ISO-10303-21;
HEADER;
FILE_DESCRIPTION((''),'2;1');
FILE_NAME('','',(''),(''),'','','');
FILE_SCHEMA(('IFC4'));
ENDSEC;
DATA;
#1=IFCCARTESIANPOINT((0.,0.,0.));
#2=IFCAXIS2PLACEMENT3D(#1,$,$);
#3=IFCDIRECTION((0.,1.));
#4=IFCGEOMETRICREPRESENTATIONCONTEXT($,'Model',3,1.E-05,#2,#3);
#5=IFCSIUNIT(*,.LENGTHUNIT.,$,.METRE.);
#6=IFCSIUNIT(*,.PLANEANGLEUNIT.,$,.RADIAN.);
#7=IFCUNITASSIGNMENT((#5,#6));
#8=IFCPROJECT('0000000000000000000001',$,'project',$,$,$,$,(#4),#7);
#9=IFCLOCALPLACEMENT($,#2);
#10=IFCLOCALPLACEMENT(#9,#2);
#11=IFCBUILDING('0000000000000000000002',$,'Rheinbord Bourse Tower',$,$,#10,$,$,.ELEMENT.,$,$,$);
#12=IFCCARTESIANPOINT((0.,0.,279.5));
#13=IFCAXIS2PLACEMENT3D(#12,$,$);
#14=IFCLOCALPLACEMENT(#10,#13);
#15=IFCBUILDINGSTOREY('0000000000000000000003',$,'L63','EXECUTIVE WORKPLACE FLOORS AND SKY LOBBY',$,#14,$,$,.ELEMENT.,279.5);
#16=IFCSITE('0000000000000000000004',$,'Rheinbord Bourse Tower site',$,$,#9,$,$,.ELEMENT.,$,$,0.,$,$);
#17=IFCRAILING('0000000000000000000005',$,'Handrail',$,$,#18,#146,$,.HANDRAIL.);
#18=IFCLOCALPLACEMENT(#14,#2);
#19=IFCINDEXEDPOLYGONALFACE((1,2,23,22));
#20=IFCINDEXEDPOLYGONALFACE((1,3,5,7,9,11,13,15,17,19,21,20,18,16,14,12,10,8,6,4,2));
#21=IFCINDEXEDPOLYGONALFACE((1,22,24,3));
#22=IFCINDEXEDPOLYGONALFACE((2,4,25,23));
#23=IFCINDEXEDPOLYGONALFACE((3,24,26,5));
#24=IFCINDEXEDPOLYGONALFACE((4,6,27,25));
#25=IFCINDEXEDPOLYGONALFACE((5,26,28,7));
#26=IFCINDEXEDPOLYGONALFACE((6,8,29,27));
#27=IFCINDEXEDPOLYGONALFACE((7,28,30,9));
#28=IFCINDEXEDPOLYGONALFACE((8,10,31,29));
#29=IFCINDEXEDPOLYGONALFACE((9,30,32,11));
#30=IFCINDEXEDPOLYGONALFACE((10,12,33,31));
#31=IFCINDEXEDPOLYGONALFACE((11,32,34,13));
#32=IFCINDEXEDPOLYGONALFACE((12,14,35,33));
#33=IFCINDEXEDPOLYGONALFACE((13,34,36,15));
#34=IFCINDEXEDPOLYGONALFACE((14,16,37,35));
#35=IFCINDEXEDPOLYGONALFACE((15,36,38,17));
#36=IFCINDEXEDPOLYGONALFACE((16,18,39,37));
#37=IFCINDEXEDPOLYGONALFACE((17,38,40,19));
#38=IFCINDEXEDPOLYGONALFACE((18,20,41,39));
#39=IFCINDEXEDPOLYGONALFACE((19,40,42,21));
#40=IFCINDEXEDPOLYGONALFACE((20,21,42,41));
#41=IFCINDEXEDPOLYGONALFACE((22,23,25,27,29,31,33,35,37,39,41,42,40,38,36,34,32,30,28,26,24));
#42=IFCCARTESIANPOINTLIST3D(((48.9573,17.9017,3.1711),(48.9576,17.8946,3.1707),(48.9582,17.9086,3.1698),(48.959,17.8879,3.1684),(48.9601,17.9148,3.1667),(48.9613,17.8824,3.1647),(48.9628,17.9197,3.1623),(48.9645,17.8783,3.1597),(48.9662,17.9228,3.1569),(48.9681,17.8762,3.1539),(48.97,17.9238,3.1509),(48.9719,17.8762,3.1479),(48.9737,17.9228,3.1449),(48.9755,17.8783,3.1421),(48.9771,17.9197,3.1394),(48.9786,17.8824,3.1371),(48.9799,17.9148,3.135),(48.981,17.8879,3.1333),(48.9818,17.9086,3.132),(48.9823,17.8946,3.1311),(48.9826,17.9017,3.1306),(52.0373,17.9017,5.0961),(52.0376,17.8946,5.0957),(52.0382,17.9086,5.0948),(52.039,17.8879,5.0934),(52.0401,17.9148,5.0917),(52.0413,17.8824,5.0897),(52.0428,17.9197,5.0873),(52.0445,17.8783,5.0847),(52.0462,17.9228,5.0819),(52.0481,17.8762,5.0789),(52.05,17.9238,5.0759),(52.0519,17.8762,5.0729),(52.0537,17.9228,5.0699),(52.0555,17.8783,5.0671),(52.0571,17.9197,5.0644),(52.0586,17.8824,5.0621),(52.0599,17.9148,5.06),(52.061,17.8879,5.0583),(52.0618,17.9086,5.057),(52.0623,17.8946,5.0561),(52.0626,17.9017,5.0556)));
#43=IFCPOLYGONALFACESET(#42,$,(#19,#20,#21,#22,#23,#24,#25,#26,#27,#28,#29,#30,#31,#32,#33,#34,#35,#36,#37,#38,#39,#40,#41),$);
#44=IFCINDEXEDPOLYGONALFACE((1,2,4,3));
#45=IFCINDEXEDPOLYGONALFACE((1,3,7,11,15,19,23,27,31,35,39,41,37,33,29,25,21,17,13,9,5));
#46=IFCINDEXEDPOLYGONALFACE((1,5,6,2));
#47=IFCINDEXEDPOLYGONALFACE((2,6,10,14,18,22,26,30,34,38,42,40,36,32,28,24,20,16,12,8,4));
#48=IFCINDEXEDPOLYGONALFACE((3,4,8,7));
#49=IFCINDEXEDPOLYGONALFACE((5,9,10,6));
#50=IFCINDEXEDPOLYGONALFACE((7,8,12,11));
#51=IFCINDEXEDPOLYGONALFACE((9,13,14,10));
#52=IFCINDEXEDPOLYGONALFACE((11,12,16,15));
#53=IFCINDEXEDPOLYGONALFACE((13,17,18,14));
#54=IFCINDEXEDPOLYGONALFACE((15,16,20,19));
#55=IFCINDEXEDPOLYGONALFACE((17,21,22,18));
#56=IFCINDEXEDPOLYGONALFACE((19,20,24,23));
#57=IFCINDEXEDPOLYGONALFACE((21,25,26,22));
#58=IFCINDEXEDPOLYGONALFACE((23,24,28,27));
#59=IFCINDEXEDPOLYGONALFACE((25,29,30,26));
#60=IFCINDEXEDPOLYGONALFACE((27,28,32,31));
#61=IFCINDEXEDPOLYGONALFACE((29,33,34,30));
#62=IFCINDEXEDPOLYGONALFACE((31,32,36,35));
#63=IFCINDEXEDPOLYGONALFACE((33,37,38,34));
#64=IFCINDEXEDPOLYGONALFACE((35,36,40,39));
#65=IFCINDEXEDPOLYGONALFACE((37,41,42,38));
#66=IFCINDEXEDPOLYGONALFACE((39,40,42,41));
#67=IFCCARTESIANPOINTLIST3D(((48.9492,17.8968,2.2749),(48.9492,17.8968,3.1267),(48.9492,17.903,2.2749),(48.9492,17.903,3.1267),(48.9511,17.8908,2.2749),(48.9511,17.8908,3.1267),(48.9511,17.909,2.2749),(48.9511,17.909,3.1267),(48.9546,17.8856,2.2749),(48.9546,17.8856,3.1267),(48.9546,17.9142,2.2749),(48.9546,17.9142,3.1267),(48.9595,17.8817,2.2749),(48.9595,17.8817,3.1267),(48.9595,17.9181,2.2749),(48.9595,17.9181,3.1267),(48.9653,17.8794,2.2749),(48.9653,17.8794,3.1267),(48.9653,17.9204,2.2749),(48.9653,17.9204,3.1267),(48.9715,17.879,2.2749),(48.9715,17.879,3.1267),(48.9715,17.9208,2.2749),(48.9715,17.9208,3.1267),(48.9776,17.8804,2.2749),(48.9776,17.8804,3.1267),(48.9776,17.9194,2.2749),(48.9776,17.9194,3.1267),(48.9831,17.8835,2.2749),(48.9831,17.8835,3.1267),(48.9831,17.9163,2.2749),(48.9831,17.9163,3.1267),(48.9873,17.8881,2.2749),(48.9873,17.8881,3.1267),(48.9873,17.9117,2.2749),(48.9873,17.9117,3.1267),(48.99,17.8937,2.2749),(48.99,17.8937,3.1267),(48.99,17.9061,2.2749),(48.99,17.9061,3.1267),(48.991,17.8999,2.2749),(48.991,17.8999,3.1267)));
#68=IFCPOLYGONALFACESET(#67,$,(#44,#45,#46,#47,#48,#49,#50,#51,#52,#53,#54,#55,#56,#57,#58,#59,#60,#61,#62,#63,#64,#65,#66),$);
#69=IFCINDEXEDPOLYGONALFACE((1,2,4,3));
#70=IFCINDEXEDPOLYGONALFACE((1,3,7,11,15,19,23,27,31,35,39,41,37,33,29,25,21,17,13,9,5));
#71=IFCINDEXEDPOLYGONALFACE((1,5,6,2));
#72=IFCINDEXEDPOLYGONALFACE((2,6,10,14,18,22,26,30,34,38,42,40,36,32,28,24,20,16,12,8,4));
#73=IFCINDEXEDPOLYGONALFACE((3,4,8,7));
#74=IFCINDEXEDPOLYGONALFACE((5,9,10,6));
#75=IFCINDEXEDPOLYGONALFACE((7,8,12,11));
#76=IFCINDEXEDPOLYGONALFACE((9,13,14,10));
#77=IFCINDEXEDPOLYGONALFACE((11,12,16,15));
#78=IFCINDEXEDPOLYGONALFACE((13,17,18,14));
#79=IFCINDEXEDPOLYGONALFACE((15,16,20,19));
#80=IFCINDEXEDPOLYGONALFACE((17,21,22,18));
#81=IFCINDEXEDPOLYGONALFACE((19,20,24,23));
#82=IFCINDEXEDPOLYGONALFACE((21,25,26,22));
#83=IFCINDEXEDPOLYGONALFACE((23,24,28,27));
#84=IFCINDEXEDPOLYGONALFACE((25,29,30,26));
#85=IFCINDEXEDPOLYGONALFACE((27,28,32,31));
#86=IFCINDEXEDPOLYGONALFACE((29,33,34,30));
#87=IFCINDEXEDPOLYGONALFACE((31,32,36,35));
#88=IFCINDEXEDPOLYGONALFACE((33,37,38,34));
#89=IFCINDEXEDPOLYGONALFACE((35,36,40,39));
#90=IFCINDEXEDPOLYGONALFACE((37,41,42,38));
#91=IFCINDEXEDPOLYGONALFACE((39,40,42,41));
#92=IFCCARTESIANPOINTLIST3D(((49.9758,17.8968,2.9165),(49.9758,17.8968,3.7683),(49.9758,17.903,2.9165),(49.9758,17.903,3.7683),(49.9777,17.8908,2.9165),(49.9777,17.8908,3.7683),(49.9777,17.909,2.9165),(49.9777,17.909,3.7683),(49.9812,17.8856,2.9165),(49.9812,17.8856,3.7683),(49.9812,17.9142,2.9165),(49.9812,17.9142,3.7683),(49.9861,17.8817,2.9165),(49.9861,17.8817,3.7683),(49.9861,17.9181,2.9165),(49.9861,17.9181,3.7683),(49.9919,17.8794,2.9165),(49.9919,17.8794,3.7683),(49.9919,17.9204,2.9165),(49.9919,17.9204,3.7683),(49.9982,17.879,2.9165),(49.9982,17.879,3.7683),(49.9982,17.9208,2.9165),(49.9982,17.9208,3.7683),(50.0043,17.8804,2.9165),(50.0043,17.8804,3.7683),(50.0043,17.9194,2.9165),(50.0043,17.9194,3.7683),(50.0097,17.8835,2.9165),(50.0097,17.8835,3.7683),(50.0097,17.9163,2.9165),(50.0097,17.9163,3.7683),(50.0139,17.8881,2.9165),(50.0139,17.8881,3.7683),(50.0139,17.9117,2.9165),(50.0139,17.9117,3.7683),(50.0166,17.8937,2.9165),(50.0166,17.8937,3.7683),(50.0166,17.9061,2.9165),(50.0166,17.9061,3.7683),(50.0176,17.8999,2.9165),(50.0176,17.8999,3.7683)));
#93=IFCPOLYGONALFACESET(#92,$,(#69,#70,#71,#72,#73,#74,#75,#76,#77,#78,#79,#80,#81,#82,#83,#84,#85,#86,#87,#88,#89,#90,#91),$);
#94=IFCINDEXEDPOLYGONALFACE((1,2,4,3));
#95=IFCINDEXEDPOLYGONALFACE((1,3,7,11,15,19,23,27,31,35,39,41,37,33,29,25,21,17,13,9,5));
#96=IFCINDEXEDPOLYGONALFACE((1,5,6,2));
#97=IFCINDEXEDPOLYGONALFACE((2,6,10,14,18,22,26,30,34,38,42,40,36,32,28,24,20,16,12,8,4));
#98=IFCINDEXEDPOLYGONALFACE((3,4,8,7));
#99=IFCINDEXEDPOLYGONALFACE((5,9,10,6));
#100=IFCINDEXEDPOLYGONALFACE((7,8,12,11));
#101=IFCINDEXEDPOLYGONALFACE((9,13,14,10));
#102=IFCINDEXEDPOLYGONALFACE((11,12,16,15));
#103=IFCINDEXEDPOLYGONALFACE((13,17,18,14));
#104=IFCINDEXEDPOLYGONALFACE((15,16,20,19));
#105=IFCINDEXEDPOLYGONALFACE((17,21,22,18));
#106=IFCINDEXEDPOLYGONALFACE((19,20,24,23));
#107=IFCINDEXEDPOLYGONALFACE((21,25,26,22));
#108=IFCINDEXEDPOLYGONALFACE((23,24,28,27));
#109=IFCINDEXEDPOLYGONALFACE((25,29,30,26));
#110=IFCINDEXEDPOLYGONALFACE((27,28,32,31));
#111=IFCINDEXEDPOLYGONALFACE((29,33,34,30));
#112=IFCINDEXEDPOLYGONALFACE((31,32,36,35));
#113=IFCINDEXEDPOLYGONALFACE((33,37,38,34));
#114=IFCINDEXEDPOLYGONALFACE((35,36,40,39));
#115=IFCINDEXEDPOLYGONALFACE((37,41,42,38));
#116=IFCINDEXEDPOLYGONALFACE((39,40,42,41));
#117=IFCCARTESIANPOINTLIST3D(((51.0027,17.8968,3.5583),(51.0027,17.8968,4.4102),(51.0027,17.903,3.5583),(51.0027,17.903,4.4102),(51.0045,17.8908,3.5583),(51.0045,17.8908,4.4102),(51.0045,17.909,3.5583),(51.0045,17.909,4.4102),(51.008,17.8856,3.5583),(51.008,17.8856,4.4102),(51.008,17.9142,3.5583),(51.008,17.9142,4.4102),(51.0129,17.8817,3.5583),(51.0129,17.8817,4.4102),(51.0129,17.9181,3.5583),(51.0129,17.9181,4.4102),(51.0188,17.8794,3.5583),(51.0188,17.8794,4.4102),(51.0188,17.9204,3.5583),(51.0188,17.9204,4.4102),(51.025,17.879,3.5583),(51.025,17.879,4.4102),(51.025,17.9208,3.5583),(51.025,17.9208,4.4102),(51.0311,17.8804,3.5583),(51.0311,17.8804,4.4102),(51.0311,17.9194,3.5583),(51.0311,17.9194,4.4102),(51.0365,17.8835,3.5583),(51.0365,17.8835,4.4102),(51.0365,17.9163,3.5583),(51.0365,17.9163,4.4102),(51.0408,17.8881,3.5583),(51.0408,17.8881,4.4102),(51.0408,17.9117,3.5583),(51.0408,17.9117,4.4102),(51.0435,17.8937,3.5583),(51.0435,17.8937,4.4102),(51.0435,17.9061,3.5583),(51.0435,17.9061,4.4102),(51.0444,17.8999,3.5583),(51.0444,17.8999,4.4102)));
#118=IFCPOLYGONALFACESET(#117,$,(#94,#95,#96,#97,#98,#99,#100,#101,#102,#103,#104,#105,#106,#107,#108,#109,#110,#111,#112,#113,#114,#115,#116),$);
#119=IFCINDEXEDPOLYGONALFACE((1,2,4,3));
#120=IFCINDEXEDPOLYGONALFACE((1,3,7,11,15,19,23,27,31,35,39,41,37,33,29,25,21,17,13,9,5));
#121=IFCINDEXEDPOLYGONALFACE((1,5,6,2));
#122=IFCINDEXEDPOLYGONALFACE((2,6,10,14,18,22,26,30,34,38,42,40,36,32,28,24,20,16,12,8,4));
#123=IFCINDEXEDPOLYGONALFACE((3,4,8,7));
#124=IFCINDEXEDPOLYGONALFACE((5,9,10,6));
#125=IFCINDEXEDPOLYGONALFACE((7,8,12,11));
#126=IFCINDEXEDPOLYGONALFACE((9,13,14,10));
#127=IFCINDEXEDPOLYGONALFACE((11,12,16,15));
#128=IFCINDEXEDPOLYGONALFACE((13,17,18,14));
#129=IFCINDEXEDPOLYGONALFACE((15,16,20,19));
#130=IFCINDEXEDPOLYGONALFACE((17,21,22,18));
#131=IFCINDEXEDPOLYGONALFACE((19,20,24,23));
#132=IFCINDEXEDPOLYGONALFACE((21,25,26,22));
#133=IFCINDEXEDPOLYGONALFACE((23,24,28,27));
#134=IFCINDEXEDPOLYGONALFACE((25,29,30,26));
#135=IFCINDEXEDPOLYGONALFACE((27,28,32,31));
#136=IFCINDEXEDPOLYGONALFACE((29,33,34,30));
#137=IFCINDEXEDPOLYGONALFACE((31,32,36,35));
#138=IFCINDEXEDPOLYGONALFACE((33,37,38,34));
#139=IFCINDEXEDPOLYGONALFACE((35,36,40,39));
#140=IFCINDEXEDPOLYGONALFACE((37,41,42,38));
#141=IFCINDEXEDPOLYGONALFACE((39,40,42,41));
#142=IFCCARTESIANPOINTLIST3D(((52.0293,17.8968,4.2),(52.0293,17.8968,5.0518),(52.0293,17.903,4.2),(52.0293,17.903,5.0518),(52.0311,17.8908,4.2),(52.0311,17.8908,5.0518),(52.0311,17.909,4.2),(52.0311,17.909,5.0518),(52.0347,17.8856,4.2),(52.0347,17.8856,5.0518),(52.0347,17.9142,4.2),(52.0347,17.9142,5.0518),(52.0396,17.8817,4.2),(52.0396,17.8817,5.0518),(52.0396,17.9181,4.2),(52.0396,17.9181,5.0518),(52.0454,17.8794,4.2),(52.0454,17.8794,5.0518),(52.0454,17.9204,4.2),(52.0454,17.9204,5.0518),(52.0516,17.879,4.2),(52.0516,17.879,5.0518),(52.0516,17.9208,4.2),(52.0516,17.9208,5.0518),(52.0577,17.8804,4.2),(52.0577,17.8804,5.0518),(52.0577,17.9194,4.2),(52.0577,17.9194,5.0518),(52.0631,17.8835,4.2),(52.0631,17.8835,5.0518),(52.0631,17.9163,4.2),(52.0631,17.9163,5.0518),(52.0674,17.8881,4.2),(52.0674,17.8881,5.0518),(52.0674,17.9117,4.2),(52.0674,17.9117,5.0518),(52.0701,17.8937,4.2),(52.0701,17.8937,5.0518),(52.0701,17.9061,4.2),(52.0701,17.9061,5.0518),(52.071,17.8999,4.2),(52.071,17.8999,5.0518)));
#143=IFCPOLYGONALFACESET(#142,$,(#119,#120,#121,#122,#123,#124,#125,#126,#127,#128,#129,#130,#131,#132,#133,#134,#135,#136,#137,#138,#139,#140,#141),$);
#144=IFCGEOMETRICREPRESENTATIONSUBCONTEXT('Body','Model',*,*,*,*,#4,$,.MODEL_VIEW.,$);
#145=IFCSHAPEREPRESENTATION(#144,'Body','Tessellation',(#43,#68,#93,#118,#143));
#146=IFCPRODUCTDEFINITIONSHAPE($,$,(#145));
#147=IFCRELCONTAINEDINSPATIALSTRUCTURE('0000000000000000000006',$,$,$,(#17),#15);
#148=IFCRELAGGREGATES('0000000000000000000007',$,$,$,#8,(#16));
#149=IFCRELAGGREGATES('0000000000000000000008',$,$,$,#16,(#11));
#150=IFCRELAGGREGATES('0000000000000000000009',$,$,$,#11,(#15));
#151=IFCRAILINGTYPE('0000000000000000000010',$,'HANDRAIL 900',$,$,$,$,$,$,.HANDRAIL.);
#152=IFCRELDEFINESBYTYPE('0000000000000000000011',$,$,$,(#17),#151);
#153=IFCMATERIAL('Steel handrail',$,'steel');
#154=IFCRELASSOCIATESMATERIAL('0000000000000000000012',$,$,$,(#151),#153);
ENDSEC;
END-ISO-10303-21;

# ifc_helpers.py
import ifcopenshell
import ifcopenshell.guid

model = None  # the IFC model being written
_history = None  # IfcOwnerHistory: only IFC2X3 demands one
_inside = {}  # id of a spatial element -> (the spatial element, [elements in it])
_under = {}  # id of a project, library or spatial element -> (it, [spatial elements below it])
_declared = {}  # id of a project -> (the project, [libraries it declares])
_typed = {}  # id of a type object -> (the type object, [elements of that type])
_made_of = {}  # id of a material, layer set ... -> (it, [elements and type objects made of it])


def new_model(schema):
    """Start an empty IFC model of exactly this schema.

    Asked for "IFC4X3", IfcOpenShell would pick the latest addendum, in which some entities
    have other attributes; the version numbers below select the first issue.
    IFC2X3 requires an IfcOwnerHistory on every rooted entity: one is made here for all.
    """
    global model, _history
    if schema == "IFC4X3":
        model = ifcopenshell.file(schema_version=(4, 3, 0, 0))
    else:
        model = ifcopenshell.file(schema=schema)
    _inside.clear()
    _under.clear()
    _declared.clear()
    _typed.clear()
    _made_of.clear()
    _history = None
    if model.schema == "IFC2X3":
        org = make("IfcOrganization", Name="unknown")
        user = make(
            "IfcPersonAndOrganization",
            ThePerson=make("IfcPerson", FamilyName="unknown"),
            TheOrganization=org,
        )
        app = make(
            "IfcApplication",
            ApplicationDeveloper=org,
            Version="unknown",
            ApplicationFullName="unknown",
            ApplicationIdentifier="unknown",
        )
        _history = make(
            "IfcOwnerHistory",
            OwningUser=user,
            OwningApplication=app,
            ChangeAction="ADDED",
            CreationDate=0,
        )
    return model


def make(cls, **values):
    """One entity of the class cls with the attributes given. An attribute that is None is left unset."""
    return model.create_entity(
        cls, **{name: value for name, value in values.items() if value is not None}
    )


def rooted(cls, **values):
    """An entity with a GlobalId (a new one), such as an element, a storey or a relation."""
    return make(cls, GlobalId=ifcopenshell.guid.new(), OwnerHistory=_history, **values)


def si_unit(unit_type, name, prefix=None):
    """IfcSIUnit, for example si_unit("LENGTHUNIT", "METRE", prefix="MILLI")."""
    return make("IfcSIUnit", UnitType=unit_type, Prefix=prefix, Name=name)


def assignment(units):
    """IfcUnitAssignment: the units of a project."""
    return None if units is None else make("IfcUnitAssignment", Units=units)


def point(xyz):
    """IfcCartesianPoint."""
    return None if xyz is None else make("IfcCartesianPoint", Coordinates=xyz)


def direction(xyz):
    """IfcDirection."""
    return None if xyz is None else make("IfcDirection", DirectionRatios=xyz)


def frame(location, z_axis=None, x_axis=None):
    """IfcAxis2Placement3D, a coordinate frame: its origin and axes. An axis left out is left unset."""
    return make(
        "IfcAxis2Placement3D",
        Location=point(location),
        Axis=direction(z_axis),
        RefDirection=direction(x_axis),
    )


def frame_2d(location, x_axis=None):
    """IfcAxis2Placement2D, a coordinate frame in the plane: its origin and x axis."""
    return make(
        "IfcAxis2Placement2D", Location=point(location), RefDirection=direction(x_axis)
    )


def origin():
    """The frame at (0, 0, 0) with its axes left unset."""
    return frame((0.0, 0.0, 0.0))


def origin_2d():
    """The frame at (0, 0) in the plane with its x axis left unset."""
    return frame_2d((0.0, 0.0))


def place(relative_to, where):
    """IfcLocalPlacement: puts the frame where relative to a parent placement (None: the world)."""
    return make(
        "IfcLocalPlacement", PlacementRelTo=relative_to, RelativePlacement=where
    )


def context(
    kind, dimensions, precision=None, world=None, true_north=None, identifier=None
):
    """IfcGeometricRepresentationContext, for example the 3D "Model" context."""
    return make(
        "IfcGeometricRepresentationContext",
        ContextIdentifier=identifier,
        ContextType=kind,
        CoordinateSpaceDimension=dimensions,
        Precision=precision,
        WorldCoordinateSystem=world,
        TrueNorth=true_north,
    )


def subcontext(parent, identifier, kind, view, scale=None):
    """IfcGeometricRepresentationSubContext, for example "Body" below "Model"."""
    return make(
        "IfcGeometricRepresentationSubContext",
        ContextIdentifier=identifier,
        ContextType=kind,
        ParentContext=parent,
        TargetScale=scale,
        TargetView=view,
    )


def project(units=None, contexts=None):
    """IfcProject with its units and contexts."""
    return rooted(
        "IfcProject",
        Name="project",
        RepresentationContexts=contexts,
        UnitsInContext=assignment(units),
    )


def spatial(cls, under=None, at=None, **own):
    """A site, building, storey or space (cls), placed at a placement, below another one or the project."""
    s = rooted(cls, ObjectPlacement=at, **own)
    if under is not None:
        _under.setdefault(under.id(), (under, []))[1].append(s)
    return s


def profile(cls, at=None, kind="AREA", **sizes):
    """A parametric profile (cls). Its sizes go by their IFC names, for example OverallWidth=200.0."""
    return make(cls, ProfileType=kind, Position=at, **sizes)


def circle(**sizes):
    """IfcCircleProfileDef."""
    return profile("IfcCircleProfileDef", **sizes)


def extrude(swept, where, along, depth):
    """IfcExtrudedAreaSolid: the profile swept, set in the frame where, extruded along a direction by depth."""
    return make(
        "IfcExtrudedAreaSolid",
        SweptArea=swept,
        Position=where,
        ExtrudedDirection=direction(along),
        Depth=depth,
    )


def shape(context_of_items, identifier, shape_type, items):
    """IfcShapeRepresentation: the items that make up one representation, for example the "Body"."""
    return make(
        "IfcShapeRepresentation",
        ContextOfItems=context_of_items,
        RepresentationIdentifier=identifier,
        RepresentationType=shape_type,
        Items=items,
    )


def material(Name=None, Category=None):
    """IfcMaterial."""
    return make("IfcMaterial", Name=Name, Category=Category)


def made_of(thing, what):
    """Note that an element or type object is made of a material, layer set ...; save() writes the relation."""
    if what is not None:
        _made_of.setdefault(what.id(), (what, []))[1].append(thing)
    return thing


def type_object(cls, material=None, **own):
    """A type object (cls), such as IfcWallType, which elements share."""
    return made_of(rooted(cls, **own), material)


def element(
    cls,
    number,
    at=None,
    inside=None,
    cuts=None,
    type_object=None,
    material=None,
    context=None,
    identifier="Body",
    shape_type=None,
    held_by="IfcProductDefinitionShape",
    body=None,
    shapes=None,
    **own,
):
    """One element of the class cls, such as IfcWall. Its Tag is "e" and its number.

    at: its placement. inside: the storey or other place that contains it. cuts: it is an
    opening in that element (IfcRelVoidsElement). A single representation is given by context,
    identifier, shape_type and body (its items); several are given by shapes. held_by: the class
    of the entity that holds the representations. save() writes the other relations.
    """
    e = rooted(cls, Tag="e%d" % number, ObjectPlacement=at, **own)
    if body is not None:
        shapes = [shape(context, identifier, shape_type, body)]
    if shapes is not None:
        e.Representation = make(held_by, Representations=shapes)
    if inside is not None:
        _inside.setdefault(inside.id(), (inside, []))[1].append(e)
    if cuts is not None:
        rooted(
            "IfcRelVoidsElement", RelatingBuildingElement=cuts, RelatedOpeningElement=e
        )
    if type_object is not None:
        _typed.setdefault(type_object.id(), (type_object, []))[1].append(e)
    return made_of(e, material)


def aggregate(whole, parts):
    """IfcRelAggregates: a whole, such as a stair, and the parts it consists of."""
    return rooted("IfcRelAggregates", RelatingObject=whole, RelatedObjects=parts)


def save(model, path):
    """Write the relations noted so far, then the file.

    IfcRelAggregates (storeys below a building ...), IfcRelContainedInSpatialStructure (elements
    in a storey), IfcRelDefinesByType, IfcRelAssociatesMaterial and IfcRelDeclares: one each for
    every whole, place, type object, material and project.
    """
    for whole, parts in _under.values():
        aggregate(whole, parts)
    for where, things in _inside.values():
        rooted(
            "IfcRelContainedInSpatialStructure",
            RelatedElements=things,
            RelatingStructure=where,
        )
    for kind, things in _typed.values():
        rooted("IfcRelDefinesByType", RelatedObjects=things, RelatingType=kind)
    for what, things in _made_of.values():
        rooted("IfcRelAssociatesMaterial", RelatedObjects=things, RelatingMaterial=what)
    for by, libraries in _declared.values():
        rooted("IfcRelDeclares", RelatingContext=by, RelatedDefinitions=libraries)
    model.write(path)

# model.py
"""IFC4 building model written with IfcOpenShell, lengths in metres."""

from ifc_helpers import new_model, si_unit, direction, frame, origin, origin_2d, place, context, subcontext, project, spatial, circle, extrude, material, type_object, element, save


model = new_model("IFC4")

# Units and contexts
model_context = context("Model", 3, precision=1e-05, world=origin(), true_north=direction((0.0, 1.0)))
body_context = subcontext(model_context, "Body", "Model", "MODEL_VIEW")
ifc_project = project(units=[si_unit("LENGTHUNIT", "METRE"), si_unit("PLANEANGLEUNIT", "RADIAN")], contexts=[model_context])

# Site, building, storey
site_placement = place(None, origin())
site = spatial("IfcSite", under=ifc_project, at=site_placement, Name="Rheinbord Bourse Tower site", CompositionType="ELEMENT", RefElevation=0.0)
building_placement = place(site_placement, origin())
building = spatial("IfcBuilding", under=site, at=building_placement, Name="Rheinbord Bourse Tower", CompositionType="ELEMENT")
storey_placement = place(building_placement, frame((0.0, 0.0, 279.5)))
storey = spatial("IfcBuildingStorey", under=building, at=storey_placement, Name="L63", Description="EXECUTIVE WORKPLACE FLOORS AND SKY LOBBY", CompositionType="ELEMENT", Elevation=279.5)

# Railing
ifc_material_1 = material(Name="Steel handrail", Category="steel")
railing_type = type_object("IfcRailingType", Name="HANDRAIL 900", PredefinedType="HANDRAIL", material=ifc_material_1)
railing_1_placement = place(storey_placement, frame((48.97, 17.8999, 2.2749)))
element("IfcRailing", 1, at=railing_1_placement, inside=storey, type_object=railing_type, Name="Handrail", PredefinedType="HANDRAIL", context=body_context, shape_type="SweptSolid", body=[
    extrude(circle(Radius=0.0239, at=origin_2d()), frame((0.0, 0.0, 0.876), z_axis=(0.847998, 0.0, 0.529999), x_axis=(0.0, 1.0, 0.0)), (0.0, 0.0, 1.0), 3.6321),
    extrude(circle(Radius=0.021, at=origin_2d()), origin(), (0.0, 0.0, 1.0), 0.8518),
    extrude(circle(Radius=0.021, at=origin_2d()), frame((1.0266, 0.0, 0.6416)), (0.0, 0.0, 1.0), 0.8518),
    extrude(circle(Radius=0.021, at=origin_2d()), frame((2.0535, 0.0, 1.2834)), (0.0, 0.0, 1.0), 0.8518),
    extrude(circle(Radius=0.021, at=origin_2d()), frame((3.0801, 0.0, 1.925)), (0.0, 0.0, 1.0), 0.8518),
])

save(model, "model.ifc")
